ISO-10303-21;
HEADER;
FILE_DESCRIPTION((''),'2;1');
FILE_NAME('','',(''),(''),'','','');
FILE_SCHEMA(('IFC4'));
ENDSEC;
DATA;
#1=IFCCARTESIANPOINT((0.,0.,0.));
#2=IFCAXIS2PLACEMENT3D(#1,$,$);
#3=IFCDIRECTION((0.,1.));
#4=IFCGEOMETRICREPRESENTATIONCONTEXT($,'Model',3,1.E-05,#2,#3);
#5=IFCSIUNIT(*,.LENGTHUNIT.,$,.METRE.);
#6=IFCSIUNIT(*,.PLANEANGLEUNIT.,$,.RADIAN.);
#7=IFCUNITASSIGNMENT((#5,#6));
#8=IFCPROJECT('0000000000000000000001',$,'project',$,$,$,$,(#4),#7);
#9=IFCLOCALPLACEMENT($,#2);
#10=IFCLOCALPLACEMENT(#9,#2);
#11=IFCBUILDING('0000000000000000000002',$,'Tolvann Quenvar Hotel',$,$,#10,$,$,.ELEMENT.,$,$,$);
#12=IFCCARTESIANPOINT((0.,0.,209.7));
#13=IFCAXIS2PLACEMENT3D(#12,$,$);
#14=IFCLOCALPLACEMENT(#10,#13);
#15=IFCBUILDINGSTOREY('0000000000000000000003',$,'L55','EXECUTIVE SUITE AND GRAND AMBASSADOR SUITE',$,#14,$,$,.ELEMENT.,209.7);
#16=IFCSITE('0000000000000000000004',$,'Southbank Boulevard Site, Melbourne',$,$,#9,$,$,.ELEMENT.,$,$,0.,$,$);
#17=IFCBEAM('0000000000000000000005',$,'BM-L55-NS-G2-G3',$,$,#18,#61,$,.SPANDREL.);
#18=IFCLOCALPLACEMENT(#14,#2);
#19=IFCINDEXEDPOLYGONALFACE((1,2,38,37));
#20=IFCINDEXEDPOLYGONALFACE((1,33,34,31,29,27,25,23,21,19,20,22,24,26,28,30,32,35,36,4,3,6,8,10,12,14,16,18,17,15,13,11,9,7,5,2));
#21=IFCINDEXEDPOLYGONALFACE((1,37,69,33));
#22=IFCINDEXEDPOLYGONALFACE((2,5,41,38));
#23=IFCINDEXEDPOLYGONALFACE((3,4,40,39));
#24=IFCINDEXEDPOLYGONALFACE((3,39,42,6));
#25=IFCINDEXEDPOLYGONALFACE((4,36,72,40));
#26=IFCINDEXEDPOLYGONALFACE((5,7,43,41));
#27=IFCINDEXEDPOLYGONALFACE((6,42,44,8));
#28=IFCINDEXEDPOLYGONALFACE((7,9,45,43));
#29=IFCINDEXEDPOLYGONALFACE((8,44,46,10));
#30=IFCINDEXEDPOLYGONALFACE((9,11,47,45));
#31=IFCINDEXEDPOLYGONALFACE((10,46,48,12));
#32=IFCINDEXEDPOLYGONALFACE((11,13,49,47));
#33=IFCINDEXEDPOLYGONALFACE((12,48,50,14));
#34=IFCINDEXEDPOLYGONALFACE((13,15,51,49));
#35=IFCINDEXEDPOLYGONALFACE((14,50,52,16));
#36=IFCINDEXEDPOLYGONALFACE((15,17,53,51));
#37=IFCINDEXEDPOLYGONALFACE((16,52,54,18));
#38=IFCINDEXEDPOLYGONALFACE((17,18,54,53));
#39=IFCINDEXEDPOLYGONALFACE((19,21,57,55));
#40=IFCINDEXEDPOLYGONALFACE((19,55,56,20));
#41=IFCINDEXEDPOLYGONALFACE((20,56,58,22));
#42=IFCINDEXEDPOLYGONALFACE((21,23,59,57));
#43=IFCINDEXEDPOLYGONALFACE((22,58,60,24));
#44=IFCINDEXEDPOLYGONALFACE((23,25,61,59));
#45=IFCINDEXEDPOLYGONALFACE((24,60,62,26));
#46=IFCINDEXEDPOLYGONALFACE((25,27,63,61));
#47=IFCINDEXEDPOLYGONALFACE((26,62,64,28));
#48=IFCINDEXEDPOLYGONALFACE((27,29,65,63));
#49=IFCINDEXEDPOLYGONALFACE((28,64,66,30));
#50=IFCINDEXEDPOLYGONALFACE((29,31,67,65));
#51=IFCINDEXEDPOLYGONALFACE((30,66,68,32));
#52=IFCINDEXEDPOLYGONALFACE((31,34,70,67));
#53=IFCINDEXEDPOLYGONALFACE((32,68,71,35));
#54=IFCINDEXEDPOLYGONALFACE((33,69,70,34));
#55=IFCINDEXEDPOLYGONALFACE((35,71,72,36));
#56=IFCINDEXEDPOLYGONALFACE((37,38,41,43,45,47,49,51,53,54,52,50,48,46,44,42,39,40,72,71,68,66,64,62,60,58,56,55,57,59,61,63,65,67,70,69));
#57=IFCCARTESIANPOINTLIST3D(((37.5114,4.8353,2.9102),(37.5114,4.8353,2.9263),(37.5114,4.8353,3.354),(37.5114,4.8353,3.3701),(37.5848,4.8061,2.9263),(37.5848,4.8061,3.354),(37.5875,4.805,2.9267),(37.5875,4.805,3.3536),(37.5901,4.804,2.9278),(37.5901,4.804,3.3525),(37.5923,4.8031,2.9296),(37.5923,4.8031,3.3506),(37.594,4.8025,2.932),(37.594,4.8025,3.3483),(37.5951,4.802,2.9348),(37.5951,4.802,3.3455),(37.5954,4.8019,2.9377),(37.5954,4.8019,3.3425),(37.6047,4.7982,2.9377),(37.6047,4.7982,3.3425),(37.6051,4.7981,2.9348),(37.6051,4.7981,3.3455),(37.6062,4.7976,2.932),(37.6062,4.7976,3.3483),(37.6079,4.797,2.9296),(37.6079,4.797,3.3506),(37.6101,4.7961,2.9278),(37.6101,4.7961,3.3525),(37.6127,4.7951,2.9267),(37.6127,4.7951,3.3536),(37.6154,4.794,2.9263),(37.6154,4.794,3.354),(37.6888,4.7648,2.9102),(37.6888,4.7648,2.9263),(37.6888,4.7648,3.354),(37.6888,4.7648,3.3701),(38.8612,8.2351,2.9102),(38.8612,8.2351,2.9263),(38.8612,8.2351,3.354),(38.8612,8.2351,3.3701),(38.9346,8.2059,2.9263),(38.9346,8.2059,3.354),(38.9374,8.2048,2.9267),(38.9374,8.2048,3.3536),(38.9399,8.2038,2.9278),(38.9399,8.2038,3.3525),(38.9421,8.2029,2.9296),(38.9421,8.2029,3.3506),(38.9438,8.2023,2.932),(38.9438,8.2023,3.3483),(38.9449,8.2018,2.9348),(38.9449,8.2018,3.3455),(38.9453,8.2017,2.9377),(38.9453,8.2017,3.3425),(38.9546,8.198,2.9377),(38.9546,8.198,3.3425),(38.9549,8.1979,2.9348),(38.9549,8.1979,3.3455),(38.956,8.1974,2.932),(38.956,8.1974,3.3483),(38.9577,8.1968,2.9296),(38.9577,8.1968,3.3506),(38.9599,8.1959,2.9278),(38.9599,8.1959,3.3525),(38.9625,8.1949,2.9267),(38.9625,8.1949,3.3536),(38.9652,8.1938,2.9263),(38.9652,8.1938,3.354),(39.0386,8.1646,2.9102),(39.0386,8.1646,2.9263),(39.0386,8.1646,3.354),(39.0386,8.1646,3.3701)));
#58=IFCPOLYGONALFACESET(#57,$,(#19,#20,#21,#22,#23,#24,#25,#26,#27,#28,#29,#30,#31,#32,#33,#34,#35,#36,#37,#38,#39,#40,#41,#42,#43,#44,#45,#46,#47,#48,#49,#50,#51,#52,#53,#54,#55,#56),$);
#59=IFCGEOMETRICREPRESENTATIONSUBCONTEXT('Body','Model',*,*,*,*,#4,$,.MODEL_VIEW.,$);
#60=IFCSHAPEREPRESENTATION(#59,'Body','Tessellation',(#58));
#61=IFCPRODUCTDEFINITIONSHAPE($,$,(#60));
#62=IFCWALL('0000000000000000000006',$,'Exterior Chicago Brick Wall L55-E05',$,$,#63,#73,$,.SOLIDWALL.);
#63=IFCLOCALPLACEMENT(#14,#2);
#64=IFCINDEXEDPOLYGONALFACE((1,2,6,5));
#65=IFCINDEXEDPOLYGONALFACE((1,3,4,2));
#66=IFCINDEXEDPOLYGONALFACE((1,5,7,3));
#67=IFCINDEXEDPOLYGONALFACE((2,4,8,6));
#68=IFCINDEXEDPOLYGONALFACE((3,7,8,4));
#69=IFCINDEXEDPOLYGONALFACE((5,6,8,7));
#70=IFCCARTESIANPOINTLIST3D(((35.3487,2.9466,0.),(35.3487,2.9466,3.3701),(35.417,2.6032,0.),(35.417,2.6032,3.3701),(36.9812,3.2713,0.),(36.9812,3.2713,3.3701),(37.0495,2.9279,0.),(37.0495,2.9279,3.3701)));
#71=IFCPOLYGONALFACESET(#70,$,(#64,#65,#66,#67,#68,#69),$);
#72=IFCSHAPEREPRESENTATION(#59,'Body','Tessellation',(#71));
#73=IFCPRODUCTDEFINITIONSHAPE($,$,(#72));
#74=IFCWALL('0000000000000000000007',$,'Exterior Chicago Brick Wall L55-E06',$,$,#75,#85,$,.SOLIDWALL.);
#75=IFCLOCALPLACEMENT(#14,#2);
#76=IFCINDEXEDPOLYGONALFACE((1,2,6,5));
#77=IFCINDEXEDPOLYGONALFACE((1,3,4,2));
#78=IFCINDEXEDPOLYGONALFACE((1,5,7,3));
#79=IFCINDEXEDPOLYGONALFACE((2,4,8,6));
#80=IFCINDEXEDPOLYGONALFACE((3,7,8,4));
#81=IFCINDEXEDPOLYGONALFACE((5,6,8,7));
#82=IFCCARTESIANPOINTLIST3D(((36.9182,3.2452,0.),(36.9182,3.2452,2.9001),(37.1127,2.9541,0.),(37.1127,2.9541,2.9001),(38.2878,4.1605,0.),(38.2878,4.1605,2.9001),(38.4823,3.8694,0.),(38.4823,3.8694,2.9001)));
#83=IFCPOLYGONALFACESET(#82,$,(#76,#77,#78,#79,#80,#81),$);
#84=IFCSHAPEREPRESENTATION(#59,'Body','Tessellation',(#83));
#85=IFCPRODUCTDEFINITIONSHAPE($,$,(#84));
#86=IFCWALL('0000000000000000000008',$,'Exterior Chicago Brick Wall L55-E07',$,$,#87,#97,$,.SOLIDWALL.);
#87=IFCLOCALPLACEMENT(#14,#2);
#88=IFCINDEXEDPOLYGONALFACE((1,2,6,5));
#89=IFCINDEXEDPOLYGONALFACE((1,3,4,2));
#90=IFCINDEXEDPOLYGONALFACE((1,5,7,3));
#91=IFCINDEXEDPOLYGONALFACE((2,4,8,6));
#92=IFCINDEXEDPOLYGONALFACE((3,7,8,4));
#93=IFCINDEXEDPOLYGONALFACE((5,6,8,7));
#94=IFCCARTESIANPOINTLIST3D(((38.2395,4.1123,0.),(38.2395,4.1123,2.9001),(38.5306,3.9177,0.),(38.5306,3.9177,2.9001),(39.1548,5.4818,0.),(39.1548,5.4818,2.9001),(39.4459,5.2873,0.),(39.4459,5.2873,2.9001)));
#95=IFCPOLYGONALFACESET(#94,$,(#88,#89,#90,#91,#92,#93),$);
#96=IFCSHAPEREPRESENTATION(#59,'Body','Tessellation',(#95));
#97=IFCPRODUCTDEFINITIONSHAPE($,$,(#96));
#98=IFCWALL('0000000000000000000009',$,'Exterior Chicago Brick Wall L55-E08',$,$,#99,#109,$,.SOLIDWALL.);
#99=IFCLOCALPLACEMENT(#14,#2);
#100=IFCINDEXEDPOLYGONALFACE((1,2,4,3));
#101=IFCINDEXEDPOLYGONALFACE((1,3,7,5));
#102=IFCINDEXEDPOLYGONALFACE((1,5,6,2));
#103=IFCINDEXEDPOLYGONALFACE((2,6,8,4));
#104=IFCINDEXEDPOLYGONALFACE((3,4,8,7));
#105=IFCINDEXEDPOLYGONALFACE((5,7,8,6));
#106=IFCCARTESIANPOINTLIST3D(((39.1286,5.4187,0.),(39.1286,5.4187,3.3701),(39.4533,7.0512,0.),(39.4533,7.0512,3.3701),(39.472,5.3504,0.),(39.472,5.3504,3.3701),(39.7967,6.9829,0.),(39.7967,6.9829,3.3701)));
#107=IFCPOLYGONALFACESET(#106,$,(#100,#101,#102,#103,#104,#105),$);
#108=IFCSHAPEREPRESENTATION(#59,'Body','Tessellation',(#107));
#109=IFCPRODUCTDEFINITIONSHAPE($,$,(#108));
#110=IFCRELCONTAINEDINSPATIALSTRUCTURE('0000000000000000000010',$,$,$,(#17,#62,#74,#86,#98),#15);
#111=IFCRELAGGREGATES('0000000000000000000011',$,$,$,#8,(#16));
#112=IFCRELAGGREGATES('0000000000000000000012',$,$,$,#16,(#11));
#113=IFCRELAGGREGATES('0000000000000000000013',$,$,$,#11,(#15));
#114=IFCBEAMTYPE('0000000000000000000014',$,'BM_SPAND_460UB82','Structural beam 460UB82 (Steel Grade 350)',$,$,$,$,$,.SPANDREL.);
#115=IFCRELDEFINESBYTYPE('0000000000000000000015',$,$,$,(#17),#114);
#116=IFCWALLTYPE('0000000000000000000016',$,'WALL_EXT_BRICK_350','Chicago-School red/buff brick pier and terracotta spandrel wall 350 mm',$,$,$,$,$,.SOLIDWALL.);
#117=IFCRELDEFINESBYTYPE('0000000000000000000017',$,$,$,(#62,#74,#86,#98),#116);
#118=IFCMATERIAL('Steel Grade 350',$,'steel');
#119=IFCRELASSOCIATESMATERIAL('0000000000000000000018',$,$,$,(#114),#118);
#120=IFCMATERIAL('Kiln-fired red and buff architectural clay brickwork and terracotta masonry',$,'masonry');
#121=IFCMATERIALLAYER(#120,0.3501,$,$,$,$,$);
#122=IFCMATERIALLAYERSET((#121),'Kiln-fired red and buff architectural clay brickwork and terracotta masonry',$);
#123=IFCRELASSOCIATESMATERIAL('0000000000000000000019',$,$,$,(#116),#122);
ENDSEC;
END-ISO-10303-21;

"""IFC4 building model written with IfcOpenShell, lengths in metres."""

from ifc_helpers import new_model, si_unit, direction, frame, frame_2d, origin, origin_2d, place, context, subcontext, project, spatial, rectangle, i_section, extrude, source, transform, mapped, material, layer, layer_set, material_profile, profile_set, type_object, element, save


model = new_model("IFC4")

# Units and contexts
model_context = context("Model", 3, precision=1e-05, world=origin(), true_north=direction((0.0, 1.0)))
body_context = subcontext(model_context, "Body", "Model", "MODEL_VIEW")
ifc_project = project(units=[si_unit("LENGTHUNIT", "METRE"), si_unit("PLANEANGLEUNIT", "RADIAN")], contexts=[model_context])

# Site, building, storey
site_placement = place(None, origin())
site = spatial("IfcSite", under=ifc_project, at=site_placement, Name="Southbank Boulevard Site, Melbourne", CompositionType="ELEMENT", RefElevation=0.0)
building_placement = place(site_placement, origin())
building = spatial("IfcBuilding", under=site, at=building_placement, Name="Tolvann Quenvar Hotel", CompositionType="ELEMENT")
storey_placement = place(building_placement, frame((0.0, 0.0, 209.7)))
storey = spatial("IfcBuildingStorey", under=building, at=storey_placement, Name="L55", Description="EXECUTIVE SUITE AND GRAND AMBASSADOR SUITE", CompositionType="ELEMENT", Elevation=209.7)

# Shared definitions
ifc_material_1 = material(Name="Steel Grade 350", Category="steel")

# Beam
ifc_material_profile_1 = material_profile(ifc_material_1, i_section(OverallWidth=0.1909, OverallDepth=0.46, WebThickness=0.01, FlangeThickness=0.0161, FilletRadius=0.0115, at=origin_2d()), Name="460UB82")
ifc_profile_set_1 = profile_set([ifc_material_profile_1], Name="Steel Grade 350")
beam_type_1 = type_object("IfcBeamType", Name="BM_SPAND_460UB82", Description="Structural beam 460UB82 (Steel Grade 350)", PredefinedType="SPANDREL", material=ifc_profile_set_1)
shared_shape_1 = source(origin(), body_context, "Body", "SweptSolid", [
    extrude(i_section(OverallWidth=0.1909, OverallDepth=0.46, WebThickness=0.01, FlangeThickness=0.0161, FilletRadius=0.0115, at=origin_2d()), origin(), (0.0, 0.0, 1.0), 3.658),
])
beam_1_placement = place(storey_placement, frame((37.6001, 4.8, 3.1401), z_axis=(0.369008, 0.929426, 0.0), x_axis=(-0.929426, 0.369008, 0.0)))
element("IfcBeam", 1, at=beam_1_placement, inside=storey, type_object=beam_type_1, Name="BM-L55-NS-G2-G3", PredefinedType="SPANDREL", context=body_context, shape_type="MappedRepresentation", body=[
    mapped(shared_shape_1, transform((0.0, 0.0, 0.0), x_axis=(1.0, 0.0, 0.0), y_axis=(0.0, 1.0, 0.0), z_axis=(0.0, 0.0, 1.0), scale=1.0)),
])

# Walls
ifc_material_2 = material(Name="Kiln-fired red and buff architectural clay brickwork and terracotta masonry", Category="masonry")
ifc_layer_1 = layer(ifc_material_2, 0.3501)
ifc_layer_set_1 = layer_set([ifc_layer_1], Name="Kiln-fired red and buff architectural clay brickwork and terracotta masonry")
wall_type_1 = type_object("IfcWallType", Name="WALL_EXT_BRICK_350", Description="Chicago-School red/buff brick pier and terracotta spandrel wall 350 mm", PredefinedType="SOLIDWALL", material=ifc_layer_set_1)
wall_1_placement = place(storey_placement, frame((35.3828, 2.7749, 0.0), z_axis=(0.0, 0.0, 1.0), x_axis=(0.980789, 0.195072, 0.0)))
element("IfcWall", 2, at=wall_1_placement, inside=storey, type_object=wall_type_1, Name="Exterior Chicago Brick Wall L55-E05", PredefinedType="SOLIDWALL", context=body_context, shape_type="SweptSolid", body=[
    extrude(rectangle(XDim=1.6646, YDim=0.3501, at=frame_2d((0.8323, 0.0))), origin(), (0.0, 0.0, 1.0), 3.3701),
])
for number, where, z_axis, x_axis, name in (
    (3, (37.0154, 3.0996, 0.0), (0.0, 0.0, 1.0), (0.831434, 0.555623, 0.0), "Exterior Chicago Brick Wall L55-E06"),
    (4, (38.385, 4.0149, 0.0), (0.0, 0.0, 1.0), (0.555623, 0.831434, 0.0), "Exterior Chicago Brick Wall L55-E07"),
):
    element("IfcWall", number, at=place(storey_placement, frame(where, z_axis=z_axis, x_axis=x_axis)), inside=storey, type_object=wall_type_1, Name=name, PredefinedType="SOLIDWALL", context=body_context, shape_type="SweptSolid", body=[
        extrude(rectangle(XDim=1.6472, YDim=0.3501, at=frame_2d((0.8237, 0.0))), origin(), (0.0, 0.0, 1.0), 2.9001),
    ])
wall_2_placement = place(storey_placement, frame((39.3003, 5.3845, 0.0), z_axis=(0.0, 0.0, 1.0), x_axis=(0.195072, 0.980789, 0.0)))
element("IfcWall", 5, at=wall_2_placement, inside=storey, type_object=wall_type_1, Name="Exterior Chicago Brick Wall L55-E08", PredefinedType="SOLIDWALL", context=body_context, shape_type="SweptSolid", body=[
    extrude(rectangle(XDim=1.6646, YDim=0.3501, at=frame_2d((0.8323, 0.0))), origin(), (0.0, 0.0, 1.0), 3.3701),
])

save(model, "model.ifc")
